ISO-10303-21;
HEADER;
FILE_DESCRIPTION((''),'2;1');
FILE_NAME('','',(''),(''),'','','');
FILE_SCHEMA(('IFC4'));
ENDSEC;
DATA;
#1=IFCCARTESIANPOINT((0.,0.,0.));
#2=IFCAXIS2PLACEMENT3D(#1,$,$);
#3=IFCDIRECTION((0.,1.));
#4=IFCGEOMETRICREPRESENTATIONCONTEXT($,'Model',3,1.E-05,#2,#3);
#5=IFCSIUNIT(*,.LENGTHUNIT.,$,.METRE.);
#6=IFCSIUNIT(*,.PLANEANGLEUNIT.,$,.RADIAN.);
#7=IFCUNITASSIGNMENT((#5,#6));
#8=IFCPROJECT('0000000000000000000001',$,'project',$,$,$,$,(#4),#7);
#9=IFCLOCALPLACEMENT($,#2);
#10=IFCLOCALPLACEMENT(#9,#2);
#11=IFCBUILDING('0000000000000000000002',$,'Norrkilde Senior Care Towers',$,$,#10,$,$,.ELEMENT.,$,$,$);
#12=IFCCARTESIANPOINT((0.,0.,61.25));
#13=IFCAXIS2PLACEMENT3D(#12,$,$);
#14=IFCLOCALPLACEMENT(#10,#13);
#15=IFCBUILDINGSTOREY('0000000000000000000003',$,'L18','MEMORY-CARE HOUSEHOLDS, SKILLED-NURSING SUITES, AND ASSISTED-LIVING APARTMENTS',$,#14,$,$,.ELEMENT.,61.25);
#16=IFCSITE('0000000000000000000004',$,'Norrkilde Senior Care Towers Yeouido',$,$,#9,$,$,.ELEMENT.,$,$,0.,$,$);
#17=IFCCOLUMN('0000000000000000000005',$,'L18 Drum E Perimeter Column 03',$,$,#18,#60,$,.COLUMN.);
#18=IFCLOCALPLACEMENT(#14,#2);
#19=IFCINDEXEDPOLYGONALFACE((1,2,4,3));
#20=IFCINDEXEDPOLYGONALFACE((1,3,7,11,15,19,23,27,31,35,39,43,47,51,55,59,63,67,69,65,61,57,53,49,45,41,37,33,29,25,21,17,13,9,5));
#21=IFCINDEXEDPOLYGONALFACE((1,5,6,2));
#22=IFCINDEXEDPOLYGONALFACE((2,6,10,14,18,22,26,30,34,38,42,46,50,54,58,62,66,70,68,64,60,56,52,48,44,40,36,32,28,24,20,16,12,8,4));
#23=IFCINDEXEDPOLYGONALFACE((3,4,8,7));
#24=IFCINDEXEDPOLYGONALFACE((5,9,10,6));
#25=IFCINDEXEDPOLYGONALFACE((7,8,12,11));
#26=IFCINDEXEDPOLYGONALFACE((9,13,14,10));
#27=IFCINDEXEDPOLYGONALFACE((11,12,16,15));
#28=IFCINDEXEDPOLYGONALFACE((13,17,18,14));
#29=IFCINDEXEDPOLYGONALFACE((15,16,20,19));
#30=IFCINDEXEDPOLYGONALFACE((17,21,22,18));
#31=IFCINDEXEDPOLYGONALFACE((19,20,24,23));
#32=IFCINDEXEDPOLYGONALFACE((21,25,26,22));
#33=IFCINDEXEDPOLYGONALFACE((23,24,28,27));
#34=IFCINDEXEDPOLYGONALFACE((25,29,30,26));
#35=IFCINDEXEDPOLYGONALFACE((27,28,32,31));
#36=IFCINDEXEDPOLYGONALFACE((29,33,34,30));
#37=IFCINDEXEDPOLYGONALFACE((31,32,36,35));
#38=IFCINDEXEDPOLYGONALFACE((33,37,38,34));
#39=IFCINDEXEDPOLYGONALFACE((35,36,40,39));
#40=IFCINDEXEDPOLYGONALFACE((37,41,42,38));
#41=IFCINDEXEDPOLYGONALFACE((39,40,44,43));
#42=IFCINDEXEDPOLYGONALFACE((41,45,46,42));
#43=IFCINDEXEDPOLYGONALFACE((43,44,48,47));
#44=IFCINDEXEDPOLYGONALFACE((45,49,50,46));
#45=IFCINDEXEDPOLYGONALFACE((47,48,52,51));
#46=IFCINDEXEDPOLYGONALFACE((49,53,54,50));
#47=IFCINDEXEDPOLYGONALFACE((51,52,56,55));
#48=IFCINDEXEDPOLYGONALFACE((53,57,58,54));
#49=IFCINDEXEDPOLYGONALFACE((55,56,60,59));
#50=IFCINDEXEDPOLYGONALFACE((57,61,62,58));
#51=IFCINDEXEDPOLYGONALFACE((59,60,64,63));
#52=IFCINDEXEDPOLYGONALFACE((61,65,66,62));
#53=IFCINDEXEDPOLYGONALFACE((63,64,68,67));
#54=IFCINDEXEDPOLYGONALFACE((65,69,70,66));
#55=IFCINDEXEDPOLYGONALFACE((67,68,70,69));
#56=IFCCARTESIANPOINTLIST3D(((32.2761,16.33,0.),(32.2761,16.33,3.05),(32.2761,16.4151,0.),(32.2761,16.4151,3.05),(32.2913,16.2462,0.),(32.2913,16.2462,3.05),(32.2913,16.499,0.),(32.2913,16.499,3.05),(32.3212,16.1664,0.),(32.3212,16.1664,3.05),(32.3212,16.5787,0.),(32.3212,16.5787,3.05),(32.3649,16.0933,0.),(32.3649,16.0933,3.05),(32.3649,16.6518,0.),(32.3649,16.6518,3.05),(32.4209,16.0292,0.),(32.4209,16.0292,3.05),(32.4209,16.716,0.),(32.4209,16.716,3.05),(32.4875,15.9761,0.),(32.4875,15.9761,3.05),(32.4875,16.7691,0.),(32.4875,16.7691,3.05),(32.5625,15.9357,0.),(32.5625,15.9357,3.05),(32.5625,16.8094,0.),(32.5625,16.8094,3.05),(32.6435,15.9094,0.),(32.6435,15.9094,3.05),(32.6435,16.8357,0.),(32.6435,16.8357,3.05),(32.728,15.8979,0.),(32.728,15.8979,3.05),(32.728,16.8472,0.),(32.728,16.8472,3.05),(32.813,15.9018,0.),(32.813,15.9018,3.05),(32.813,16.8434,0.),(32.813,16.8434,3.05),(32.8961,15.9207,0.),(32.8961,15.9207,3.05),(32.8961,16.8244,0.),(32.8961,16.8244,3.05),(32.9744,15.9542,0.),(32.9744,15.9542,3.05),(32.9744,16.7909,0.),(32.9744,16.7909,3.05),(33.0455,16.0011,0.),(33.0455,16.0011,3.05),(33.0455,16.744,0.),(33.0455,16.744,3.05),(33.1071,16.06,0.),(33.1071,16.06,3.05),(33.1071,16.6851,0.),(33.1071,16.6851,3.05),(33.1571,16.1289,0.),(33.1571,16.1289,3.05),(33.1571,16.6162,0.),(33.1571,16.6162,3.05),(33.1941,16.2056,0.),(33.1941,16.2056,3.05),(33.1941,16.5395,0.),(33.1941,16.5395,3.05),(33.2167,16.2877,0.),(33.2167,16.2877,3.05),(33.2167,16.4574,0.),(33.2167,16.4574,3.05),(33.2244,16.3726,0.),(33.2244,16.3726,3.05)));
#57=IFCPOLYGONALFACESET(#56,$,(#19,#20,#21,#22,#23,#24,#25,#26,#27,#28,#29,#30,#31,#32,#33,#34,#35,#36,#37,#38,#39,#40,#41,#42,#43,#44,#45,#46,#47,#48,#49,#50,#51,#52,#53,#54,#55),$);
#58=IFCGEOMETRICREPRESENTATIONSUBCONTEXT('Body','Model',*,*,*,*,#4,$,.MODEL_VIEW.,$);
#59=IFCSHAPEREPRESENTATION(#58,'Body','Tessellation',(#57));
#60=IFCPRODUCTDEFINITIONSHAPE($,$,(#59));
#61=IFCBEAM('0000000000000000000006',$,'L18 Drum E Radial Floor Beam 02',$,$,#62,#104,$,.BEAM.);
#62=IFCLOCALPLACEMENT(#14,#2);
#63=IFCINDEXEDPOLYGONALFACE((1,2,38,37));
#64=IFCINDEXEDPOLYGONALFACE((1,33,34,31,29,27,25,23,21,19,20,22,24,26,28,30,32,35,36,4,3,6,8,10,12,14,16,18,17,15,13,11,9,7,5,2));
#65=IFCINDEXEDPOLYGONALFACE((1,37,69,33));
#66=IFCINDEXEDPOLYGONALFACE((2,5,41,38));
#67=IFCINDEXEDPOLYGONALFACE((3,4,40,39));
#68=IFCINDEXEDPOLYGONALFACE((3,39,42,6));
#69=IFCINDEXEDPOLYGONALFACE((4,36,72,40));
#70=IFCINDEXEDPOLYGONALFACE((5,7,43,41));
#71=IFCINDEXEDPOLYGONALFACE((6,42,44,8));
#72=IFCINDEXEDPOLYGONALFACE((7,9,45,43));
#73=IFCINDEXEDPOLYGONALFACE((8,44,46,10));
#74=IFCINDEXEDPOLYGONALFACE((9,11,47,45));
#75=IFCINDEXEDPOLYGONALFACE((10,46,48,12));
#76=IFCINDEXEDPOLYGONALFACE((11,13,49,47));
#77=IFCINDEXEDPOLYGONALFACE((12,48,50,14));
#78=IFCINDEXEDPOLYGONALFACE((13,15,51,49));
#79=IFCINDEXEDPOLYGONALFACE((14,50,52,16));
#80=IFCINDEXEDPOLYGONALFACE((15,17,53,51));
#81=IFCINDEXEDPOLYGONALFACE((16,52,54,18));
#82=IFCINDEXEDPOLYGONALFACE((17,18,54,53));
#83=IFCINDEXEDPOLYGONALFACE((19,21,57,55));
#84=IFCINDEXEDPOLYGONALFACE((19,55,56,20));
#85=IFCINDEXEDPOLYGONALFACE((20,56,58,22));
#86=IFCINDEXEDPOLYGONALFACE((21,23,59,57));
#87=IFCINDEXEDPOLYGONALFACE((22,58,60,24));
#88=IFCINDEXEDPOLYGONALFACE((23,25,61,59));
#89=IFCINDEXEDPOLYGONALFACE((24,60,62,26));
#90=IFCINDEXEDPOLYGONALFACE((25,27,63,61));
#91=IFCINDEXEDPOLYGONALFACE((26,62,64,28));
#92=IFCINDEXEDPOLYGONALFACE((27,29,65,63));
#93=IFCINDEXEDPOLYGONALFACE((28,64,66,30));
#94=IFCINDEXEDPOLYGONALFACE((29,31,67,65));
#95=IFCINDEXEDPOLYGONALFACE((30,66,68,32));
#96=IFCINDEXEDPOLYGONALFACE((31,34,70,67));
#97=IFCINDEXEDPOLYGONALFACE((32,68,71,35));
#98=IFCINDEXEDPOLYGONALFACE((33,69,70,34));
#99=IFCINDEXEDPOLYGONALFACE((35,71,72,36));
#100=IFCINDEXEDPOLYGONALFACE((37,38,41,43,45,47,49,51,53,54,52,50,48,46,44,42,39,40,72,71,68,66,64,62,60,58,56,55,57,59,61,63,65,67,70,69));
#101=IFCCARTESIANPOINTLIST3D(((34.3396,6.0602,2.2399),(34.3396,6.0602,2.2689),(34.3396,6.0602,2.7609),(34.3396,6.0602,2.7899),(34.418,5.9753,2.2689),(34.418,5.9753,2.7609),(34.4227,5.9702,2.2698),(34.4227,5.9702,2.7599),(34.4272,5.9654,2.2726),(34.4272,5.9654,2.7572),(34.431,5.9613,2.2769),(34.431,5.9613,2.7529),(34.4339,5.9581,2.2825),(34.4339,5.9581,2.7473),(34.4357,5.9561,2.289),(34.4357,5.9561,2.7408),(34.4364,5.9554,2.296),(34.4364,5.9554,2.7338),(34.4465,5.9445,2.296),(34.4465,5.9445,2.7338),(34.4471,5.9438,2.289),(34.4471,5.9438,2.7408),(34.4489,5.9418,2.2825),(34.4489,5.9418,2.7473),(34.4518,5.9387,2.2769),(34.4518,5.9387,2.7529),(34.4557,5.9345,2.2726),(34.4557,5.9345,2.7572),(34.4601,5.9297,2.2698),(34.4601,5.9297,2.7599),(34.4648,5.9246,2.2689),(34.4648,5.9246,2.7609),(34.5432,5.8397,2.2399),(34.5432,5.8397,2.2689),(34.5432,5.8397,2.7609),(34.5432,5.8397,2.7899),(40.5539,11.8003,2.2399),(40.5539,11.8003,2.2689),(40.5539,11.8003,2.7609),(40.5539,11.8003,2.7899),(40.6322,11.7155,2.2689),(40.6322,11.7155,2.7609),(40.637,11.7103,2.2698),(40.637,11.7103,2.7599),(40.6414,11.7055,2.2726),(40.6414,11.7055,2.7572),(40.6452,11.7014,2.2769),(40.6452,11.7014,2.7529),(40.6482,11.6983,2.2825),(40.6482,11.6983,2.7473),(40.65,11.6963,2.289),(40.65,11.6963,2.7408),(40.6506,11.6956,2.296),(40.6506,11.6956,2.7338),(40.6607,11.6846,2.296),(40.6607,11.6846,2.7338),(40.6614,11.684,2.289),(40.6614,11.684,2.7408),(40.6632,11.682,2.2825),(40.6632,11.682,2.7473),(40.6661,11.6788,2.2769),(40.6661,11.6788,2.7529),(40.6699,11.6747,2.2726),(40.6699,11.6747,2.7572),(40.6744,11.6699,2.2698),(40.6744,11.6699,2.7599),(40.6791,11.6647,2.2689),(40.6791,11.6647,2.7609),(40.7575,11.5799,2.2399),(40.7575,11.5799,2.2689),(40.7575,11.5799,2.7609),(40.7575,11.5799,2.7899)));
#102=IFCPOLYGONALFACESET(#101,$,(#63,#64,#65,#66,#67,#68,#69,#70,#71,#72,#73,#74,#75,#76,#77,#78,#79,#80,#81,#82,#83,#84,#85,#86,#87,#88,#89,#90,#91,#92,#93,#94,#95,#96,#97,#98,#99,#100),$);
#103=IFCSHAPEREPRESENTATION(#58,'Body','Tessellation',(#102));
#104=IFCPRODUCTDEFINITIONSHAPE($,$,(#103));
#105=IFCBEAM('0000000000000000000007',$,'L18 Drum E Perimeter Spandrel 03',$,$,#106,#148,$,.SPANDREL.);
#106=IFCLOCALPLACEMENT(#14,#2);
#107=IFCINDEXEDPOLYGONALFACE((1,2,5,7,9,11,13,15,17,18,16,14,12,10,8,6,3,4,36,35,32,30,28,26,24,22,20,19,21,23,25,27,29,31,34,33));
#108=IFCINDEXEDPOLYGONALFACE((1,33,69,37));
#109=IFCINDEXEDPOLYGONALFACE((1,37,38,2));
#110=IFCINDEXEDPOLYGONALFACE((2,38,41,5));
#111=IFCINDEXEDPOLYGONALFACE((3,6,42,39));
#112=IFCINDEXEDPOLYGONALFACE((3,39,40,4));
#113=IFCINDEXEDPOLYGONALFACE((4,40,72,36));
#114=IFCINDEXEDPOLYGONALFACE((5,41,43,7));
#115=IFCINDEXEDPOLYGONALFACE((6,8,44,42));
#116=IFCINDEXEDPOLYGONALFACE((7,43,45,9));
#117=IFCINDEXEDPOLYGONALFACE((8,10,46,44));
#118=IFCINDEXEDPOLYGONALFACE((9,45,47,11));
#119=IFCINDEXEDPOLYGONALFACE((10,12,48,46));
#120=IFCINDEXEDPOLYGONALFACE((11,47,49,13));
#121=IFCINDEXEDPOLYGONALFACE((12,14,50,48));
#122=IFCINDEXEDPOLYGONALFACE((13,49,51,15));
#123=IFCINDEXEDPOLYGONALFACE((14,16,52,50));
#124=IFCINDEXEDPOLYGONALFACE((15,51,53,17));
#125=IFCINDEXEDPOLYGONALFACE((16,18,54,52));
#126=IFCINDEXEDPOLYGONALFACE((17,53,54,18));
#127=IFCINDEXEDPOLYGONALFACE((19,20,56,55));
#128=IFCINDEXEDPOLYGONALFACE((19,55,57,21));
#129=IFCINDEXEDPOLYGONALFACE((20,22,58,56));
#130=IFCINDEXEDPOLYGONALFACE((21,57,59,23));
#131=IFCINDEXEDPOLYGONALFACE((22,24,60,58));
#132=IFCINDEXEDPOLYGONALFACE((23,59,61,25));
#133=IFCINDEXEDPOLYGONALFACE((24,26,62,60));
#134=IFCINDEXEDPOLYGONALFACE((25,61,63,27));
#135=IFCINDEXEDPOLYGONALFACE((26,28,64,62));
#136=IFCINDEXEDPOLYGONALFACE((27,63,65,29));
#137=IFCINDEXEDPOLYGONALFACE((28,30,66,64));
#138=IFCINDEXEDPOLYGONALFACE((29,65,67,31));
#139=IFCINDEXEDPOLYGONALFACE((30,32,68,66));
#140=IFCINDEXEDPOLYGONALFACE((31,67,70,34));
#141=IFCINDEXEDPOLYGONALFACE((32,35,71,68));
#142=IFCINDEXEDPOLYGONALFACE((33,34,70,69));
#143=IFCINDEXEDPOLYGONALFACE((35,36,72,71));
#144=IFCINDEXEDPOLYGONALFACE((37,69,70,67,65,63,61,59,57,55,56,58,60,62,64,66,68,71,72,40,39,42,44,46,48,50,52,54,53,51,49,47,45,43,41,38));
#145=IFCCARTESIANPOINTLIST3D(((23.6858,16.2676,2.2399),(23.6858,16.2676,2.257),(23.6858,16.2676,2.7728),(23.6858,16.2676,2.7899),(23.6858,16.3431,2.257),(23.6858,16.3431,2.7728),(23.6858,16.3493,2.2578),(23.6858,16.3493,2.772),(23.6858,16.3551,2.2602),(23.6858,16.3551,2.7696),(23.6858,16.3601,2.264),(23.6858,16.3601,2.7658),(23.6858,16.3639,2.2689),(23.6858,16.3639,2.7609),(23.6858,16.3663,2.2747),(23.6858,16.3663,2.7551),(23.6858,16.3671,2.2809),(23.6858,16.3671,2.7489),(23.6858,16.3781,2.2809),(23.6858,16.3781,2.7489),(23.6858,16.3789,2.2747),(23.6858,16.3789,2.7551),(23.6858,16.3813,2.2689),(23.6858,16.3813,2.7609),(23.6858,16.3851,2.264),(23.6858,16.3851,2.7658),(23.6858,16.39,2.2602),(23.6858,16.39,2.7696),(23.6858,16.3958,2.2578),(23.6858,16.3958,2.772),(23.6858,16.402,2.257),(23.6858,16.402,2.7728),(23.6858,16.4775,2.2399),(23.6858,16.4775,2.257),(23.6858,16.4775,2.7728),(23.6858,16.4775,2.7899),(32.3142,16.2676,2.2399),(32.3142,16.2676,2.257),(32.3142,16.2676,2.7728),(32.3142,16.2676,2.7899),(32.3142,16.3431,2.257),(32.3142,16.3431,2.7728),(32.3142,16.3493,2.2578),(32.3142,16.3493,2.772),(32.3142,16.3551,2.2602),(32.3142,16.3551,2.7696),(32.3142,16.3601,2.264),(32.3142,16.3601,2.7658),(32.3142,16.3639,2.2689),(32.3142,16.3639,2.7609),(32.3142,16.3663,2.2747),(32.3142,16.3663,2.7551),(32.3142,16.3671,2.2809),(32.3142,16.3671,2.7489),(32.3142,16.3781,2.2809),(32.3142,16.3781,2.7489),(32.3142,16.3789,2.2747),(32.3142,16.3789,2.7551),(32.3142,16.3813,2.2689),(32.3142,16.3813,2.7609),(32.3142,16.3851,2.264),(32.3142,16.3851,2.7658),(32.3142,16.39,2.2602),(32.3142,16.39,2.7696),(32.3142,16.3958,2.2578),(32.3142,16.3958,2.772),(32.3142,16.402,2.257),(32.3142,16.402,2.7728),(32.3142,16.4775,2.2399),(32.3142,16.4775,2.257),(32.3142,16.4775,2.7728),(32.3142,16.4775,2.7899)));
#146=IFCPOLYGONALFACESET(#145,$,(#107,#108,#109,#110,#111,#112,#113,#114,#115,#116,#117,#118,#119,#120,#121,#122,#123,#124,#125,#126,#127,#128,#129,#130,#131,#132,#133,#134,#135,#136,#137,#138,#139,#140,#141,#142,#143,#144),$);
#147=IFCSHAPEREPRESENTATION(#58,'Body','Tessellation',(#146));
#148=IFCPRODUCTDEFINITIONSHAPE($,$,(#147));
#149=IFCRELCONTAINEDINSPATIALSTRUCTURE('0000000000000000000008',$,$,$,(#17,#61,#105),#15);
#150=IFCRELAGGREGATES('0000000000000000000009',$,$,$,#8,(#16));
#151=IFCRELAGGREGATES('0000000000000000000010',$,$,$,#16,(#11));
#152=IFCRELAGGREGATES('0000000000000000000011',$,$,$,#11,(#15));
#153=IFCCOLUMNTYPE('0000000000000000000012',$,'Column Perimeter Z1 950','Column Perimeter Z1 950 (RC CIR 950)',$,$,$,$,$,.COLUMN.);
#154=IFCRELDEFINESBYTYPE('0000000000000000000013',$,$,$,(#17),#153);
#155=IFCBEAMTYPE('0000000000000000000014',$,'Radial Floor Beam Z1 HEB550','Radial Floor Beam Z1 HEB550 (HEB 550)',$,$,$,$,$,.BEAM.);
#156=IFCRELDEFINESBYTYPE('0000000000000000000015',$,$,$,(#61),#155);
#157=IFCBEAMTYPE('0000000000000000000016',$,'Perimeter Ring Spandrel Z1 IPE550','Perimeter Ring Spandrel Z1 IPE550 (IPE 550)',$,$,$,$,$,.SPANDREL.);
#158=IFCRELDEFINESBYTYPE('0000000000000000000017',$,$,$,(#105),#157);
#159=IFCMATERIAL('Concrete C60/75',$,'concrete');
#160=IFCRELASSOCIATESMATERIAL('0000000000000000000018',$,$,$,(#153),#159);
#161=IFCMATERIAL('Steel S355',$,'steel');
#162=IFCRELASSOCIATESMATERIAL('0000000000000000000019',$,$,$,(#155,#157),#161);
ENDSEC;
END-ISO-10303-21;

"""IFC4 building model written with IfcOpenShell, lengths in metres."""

from ifc_helpers import new_model, si_unit, direction, frame, origin, origin_2d, place, context, subcontext, project, spatial, circle, i_section, extrude, source, transform, mapped, material, material_profile, profile_set, type_object, type_shapes, element, save


model = new_model("IFC4")

# Units and contexts
model_context = context("Model", 3, precision=1e-05, world=origin(), true_north=direction((0.0, 1.0)))
body_context = subcontext(model_context, "Body", "Model", "MODEL_VIEW")
ifc_project = project(units=[si_unit("LENGTHUNIT", "METRE"), si_unit("PLANEANGLEUNIT", "RADIAN")], contexts=[model_context])

# Site, building, storey
site_placement = place(None, origin())
site = spatial("IfcSite", under=ifc_project, at=site_placement, Name="Norrkilde Senior Care Towers Yeouido", CompositionType="ELEMENT", RefElevation=0.0)
building_placement = place(site_placement, origin())
building = spatial("IfcBuilding", under=site, at=building_placement, Name="Norrkilde Senior Care Towers", CompositionType="ELEMENT")
storey_placement = place(building_placement, frame((0.0, 0.0, 61.25)))
storey = spatial("IfcBuildingStorey", under=building, at=storey_placement, Name="L18", Description="MEMORY-CARE HOUSEHOLDS, SKILLED-NURSING SUITES, AND ASSISTED-LIVING APARTMENTS", CompositionType="ELEMENT", Elevation=61.25)

# Column
ifc_material_1 = material(Name="Concrete C60/75", Category="concrete")
ifc_material_profile_1 = material_profile(ifc_material_1, circle(Radius=0.4751, at=origin_2d()), Name="RC CIR 950")
ifc_profile_set_1 = profile_set([ifc_material_profile_1], Name="Concrete C60/75")
column_type = type_object("IfcColumnType", Name="Column Perimeter Z1 950", Description="Column Perimeter Z1 950 (RC CIR 950)", PredefinedType="COLUMN", material=ifc_profile_set_1)
shared_shape_1 = source(origin(), body_context, "Body", "SweptSolid", [
    extrude(circle(Radius=0.4751, at=origin_2d()), origin(), (0.0, 0.0, 1.0), 3.05),
])
type_shapes(column_type, [shared_shape_1])
column_placement = place(storey_placement, frame((32.7493, 16.3726, 0.0), z_axis=(0.0, 0.0, 1.0), x_axis=(1.0, 0.0, 0.0)))
element("IfcColumn", 1, at=column_placement, inside=storey, type_object=column_type, Name="L18 Drum E Perimeter Column 03", PredefinedType="COLUMN", context=body_context, shape_type="MappedRepresentation", body=[
    mapped(shared_shape_1, transform((0.0, 0.0, 0.0), x_axis=(1.0, 0.0, 0.0), y_axis=(0.0, 1.0, 0.0), z_axis=(0.0, 0.0, 1.0), scale=1.0)),
])

# Beams
ifc_material_2 = material(Name="Steel S355", Category="steel")
ifc_material_profile_2 = material_profile(ifc_material_2, i_section(OverallWidth=0.3, OverallDepth=0.55, WebThickness=0.0149, FlangeThickness=0.0291, FilletRadius=0.0271, at=origin_2d()), Name="HEB 550")
ifc_profile_set_2 = profile_set([ifc_material_profile_2], Name="Steel S355")
beam_type_1 = type_object("IfcBeamType", Name="Radial Floor Beam Z1 HEB550", Description="Radial Floor Beam Z1 HEB550 (HEB 550)", PredefinedType="BEAM", material=ifc_profile_set_2)
shared_shape_2 = source(origin(), body_context, "Body", "SweptSolid", [
    extrude(i_section(OverallWidth=0.3, OverallDepth=0.55, WebThickness=0.0149, FlangeThickness=0.0291, FilletRadius=0.0271, at=origin_2d()), origin(), (0.0, 0.0, 1.0), 8.4597),
])
beam_1_placement = place(storey_placement, frame((34.4414, 5.95, 2.5149), z_axis=(0.734573, 0.678529, 0.0), x_axis=(-0.678529, 0.734573, 0.0)))
element("IfcBeam", 2, at=beam_1_placement, inside=storey, type_object=beam_type_1, Name="L18 Drum E Radial Floor Beam 02", PredefinedType="BEAM", context=body_context, shape_type="MappedRepresentation", body=[
    mapped(shared_shape_2, transform((0.0, 0.0, 0.0), x_axis=(1.0, 0.0, 0.0), y_axis=(0.0, 1.0, 0.0), z_axis=(0.0, 0.0, 1.0), scale=1.0)),
])
ifc_material_profile_3 = material_profile(ifc_material_2, i_section(OverallWidth=0.21, OverallDepth=0.55, WebThickness=0.011, FlangeThickness=0.0171, FilletRadius=0.0239, at=origin_2d()), Name="IPE 550")
ifc_profile_set_3 = profile_set([ifc_material_profile_3], Name="Steel S355")
beam_type_2 = type_object("IfcBeamType", Name="Perimeter Ring Spandrel Z1 IPE550", Description="Perimeter Ring Spandrel Z1 IPE550 (IPE 550)", PredefinedType="SPANDREL", material=ifc_profile_set_3)
shared_shape_3 = source(origin(), body_context, "Body", "SweptSolid", [
    extrude(i_section(OverallWidth=0.21, OverallDepth=0.55, WebThickness=0.011, FlangeThickness=0.0171, FilletRadius=0.0239, at=origin_2d()), origin(), (0.0, 0.0, 1.0), 8.6284),
])
type_shapes(beam_type_2, [shared_shape_3])
beam_2_placement = place(storey_placement, frame((32.3142, 16.3726, 2.5149), z_axis=(-1.0, 0.0, 0.0), x_axis=(0.0, -1.0, 0.0)))
element("IfcBeam", 3, at=beam_2_placement, inside=storey, type_object=beam_type_2, Name="L18 Drum E Perimeter Spandrel 03", PredefinedType="SPANDREL", context=body_context, shape_type="MappedRepresentation", body=[
    mapped(shared_shape_3, transform((0.0, 0.0, 0.0), x_axis=(1.0, 0.0, 0.0), y_axis=(0.0, 1.0, 0.0), z_axis=(0.0, 0.0, 1.0), scale=1.0)),
])

save(model, "model.ifc")
